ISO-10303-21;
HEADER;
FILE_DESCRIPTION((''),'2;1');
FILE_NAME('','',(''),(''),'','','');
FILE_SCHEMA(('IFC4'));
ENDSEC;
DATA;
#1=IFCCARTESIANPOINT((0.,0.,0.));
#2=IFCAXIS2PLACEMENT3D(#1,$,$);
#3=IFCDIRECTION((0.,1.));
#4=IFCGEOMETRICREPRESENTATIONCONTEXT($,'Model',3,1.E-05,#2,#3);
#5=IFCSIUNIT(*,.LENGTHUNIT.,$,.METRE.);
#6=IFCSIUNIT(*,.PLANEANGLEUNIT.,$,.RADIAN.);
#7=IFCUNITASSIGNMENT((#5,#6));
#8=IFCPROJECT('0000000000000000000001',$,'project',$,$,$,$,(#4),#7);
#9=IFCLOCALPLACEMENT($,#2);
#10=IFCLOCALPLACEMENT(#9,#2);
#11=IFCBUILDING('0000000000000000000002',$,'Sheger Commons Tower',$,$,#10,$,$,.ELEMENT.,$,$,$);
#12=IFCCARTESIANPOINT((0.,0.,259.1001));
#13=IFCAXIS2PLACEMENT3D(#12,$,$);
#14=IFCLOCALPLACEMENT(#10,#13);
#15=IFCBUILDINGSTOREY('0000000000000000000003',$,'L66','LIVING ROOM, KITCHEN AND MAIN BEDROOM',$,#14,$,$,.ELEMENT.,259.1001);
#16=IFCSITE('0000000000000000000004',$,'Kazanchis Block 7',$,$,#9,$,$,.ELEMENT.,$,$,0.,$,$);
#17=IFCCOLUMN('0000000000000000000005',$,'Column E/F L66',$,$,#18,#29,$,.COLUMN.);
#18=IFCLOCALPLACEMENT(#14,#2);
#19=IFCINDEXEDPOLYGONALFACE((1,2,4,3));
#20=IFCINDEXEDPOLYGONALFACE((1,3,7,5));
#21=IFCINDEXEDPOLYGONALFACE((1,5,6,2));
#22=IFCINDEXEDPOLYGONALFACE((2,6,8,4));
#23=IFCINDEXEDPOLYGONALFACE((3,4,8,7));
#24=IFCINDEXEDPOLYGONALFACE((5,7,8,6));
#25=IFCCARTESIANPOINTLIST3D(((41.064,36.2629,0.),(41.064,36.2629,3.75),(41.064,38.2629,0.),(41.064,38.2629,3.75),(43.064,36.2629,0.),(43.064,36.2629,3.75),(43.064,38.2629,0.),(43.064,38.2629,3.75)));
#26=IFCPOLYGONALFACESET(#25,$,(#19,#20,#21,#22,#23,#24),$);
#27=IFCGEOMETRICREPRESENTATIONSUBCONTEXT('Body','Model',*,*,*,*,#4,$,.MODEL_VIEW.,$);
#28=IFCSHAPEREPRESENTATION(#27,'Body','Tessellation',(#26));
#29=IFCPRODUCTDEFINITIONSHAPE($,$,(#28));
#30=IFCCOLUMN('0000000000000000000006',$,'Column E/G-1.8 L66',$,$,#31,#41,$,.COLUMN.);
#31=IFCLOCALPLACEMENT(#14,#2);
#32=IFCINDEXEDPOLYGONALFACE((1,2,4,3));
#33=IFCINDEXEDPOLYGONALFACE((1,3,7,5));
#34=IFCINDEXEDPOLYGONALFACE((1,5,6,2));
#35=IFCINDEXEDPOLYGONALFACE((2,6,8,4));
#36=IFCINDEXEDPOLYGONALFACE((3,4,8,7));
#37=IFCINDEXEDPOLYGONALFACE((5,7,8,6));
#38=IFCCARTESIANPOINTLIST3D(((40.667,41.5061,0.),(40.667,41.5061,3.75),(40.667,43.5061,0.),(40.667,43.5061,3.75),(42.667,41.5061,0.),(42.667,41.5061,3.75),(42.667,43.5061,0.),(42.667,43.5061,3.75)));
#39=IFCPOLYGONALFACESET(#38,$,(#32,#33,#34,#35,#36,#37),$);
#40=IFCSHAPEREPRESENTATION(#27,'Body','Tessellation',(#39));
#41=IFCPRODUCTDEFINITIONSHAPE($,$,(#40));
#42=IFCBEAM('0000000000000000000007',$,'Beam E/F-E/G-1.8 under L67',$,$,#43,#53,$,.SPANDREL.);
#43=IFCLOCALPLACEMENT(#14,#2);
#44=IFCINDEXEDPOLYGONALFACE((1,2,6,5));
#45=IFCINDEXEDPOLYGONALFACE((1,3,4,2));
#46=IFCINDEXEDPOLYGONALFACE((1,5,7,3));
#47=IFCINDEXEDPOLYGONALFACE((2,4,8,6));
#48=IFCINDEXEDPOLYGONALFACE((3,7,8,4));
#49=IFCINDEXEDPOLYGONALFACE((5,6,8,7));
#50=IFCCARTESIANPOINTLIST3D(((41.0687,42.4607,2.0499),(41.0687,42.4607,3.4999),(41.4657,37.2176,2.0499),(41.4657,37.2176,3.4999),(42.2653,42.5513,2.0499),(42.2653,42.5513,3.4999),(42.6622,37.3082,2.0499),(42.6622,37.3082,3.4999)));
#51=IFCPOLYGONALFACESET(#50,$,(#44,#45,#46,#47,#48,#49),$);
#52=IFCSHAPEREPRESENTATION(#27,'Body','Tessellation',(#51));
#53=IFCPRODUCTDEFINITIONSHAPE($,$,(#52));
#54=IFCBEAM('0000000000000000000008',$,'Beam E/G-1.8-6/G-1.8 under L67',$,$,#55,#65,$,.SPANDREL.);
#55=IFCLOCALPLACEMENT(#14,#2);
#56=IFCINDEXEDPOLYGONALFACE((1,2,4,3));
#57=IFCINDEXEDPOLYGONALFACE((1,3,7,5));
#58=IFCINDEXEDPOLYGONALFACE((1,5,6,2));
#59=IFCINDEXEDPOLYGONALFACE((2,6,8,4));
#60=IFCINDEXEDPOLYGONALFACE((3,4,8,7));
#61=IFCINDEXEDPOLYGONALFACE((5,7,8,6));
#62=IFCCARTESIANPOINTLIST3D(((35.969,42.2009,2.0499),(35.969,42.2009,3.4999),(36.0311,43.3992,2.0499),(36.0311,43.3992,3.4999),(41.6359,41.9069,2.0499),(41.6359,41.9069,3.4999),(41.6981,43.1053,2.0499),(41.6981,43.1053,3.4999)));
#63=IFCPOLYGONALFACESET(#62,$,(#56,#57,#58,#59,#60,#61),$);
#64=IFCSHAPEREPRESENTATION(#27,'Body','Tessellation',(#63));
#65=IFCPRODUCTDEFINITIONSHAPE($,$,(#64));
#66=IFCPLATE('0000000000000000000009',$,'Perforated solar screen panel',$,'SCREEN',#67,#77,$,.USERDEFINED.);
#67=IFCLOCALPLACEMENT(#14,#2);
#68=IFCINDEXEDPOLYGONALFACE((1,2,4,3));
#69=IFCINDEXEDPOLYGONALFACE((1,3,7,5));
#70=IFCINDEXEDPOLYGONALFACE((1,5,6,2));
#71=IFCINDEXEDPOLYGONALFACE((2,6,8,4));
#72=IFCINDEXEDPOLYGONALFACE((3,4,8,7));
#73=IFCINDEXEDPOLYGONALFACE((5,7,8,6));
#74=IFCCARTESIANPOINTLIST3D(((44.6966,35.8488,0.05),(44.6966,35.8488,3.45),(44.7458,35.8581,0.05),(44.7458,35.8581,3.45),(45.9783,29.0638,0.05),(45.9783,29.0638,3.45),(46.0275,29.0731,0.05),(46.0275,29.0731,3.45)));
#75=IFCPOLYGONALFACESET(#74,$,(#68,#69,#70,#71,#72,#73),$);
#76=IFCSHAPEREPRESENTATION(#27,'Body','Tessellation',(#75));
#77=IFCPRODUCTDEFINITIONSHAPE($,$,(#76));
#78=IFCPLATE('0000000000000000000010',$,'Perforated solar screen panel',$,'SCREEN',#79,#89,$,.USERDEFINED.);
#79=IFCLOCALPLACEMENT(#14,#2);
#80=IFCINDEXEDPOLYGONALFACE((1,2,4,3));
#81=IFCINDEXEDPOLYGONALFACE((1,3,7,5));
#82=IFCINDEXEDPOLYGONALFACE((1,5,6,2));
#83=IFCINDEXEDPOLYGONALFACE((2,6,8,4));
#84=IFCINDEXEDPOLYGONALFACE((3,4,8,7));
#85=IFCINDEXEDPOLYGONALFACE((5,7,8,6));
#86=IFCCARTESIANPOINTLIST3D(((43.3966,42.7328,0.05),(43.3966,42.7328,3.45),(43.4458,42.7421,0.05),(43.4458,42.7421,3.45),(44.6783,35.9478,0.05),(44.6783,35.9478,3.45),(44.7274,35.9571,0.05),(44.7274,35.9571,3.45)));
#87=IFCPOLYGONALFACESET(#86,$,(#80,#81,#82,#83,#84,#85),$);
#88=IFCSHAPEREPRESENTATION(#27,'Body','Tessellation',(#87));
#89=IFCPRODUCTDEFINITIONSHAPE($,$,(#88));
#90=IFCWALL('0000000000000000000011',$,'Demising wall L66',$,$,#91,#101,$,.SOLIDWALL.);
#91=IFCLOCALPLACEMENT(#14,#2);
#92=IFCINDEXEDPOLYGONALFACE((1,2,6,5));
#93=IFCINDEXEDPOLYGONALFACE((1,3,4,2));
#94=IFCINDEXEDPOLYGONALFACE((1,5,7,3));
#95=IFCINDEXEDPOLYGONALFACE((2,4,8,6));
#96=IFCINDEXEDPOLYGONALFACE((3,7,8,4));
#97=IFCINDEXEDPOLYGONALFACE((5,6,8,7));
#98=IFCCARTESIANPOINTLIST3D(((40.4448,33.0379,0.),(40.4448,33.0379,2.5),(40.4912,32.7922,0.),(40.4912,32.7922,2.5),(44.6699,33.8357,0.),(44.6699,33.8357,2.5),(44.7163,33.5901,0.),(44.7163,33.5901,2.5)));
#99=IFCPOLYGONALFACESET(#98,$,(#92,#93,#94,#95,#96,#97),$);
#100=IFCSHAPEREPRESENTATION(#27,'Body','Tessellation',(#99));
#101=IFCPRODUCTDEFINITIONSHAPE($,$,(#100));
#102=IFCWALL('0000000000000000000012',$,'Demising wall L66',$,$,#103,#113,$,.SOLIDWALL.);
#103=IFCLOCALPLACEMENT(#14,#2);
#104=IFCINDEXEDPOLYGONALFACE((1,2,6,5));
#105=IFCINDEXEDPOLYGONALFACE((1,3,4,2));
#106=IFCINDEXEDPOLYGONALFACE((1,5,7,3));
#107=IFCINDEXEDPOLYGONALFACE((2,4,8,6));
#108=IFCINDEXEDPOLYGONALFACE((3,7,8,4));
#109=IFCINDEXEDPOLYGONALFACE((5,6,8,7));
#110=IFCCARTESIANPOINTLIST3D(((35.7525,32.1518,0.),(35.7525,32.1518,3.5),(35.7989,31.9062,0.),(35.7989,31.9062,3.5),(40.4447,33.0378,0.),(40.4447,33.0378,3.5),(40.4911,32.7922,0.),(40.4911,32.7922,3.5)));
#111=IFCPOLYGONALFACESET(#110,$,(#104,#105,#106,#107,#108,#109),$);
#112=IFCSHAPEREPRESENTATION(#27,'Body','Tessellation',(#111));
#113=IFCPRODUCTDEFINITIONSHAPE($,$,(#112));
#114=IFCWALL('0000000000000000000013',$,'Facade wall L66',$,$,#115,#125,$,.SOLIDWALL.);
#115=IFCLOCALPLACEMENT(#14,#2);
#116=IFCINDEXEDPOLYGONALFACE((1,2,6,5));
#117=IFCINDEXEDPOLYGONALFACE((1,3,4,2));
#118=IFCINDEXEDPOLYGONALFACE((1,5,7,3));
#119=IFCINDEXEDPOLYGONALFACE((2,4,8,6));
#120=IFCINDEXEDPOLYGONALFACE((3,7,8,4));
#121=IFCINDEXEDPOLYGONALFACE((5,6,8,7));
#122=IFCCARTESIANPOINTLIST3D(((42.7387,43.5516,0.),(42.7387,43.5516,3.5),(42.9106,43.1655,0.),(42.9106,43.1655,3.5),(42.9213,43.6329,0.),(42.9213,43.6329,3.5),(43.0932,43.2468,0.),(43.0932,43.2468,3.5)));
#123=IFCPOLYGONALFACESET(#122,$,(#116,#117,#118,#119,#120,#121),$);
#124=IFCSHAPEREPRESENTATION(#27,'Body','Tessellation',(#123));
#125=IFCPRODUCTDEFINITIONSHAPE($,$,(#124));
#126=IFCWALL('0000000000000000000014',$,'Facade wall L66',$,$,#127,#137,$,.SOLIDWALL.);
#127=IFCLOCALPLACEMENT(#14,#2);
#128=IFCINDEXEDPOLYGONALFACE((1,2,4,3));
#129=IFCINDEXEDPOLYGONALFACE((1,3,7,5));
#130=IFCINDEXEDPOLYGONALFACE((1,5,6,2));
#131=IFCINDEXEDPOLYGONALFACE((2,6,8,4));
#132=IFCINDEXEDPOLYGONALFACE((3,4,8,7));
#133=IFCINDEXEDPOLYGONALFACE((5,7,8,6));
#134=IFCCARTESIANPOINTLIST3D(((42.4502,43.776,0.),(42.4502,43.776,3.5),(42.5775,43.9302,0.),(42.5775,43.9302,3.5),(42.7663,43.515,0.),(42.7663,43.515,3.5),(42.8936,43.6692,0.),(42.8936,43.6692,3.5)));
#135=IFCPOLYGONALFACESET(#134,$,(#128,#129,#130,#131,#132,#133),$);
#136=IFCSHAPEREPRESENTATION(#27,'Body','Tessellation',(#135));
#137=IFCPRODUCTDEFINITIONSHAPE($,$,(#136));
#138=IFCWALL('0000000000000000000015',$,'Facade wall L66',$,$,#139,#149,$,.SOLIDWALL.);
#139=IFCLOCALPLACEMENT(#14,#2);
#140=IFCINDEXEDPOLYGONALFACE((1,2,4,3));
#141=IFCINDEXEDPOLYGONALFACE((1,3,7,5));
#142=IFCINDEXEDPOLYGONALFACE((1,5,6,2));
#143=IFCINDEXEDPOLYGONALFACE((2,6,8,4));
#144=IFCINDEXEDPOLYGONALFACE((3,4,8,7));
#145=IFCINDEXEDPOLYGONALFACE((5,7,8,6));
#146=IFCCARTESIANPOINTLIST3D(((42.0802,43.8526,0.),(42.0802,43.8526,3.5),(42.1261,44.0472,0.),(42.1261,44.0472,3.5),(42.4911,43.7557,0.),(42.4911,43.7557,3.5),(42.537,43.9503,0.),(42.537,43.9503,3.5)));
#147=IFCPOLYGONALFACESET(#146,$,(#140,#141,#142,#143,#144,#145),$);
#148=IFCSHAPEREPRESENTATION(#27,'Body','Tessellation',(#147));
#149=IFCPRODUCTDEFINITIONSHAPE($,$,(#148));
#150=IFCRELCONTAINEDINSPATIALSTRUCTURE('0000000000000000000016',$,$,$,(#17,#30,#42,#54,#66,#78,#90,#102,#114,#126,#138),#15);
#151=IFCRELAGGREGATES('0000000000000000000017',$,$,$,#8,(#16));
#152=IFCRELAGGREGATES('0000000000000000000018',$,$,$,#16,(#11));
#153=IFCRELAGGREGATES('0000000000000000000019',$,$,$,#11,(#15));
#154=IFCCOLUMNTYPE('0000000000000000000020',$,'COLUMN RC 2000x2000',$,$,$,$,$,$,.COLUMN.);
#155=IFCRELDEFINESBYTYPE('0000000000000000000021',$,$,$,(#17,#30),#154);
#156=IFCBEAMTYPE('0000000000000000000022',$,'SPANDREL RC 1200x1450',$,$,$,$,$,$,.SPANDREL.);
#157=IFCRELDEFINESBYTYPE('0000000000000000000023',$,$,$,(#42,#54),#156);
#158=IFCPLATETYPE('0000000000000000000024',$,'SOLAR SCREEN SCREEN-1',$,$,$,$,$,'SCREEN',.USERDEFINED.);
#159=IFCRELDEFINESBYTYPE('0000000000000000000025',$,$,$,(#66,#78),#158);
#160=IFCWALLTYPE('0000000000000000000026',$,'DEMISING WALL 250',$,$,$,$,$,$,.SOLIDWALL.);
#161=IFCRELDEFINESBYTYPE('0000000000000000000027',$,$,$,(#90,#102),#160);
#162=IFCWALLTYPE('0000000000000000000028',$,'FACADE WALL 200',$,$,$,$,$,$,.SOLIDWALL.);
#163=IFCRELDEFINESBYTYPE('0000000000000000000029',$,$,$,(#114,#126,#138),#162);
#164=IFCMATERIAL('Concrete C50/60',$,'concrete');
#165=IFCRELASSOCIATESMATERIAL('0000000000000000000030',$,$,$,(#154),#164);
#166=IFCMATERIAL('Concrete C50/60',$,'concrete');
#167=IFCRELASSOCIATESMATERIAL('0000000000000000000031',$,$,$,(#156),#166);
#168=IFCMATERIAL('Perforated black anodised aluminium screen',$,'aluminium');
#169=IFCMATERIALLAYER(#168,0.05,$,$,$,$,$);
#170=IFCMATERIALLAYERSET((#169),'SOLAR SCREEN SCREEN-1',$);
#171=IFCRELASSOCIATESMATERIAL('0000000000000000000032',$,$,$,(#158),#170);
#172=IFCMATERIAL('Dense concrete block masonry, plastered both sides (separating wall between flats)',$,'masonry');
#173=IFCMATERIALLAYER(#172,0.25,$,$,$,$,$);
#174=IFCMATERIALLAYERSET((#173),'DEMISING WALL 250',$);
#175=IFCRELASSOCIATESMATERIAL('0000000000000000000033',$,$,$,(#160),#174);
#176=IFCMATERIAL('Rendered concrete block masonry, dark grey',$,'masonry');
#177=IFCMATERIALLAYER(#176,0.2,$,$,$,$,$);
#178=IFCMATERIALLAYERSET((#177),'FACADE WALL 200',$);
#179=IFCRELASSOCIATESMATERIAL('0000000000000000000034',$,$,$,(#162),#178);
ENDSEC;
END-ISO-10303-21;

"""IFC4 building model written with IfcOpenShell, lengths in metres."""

from ifc_helpers import new_model, si_unit, direction, frame, frame_2d, origin, origin_2d, place, context, subcontext, project, spatial, rectangle, extrude, material, layer, layer_set, material_profile, profile_set, type_object, element, save


model = new_model("IFC4")

# Units and contexts
model_context = context("Model", 3, precision=1e-05, world=origin(), true_north=direction((0.0, 1.0)))
body_context = subcontext(model_context, "Body", "Model", "MODEL_VIEW")
ifc_project = project(units=[si_unit("LENGTHUNIT", "METRE"), si_unit("PLANEANGLEUNIT", "RADIAN")], contexts=[model_context])

# Site, building, storey
site_placement = place(None, origin())
site = spatial("IfcSite", under=ifc_project, at=site_placement, Name="Kazanchis Block 7", CompositionType="ELEMENT", RefElevation=0.0)
building_placement = place(site_placement, origin())
building = spatial("IfcBuilding", under=site, at=building_placement, Name="Sheger Commons Tower", CompositionType="ELEMENT")
storey_placement = place(building_placement, frame((0.0, 0.0, 259.1001)))
storey = spatial("IfcBuildingStorey", under=building, at=storey_placement, Name="L66", Description="LIVING ROOM, KITCHEN AND MAIN BEDROOM", CompositionType="ELEMENT", Elevation=259.1001)

# Columns
ifc_material_1 = material(Name="Concrete C50/60", Category="concrete")
ifc_material_profile_1 = material_profile(ifc_material_1, rectangle(XDim=2.0, YDim=2.0, at=origin_2d()), Name="RC 2000x2000")
ifc_profile_set_1 = profile_set([ifc_material_profile_1], Name="Concrete C50/60")
column_type = type_object("IfcColumnType", Name="COLUMN RC 2000x2000", PredefinedType="COLUMN", material=ifc_profile_set_1)
for number, where, z_axis, x_axis, name in (
    (1, (42.064, 37.2629, 0.0), (0.0, 0.0, 1.0), (1.0, 0.0, 0.0), "Column E/F L66"),
    (2, (41.667, 42.5061, 0.0), (0.0, 0.0, 1.0), (1.0, 0.0, 0.0), "Column E/G-1.8 L66"),
):
    element("IfcColumn", number, at=place(storey_placement, frame(where, z_axis=z_axis, x_axis=x_axis)), inside=storey, type_object=column_type, Name=name, PredefinedType="COLUMN", context=body_context, shape_type="SweptSolid", body=[
        extrude(rectangle(XDim=2.0, YDim=2.0, at=origin_2d()), origin(), (0.0, 0.0, 1.0), 3.75),
    ])

# Beams
ifc_material_2 = material(Name="Concrete C50/60", Category="concrete")
ifc_material_profile_2 = material_profile(ifc_material_2, rectangle(XDim=1.2, YDim=1.45, at=origin_2d()), Name="RC 1200x1450")
ifc_profile_set_2 = profile_set([ifc_material_profile_2], Name="Concrete C50/60")
beam_type = type_object("IfcBeamType", Name="SPANDREL RC 1200x1450", PredefinedType="SPANDREL", material=ifc_profile_set_2)
beam_1_placement = place(storey_placement, frame((42.064, 37.2629, 2.7749), z_axis=(-0.075496, 0.997146, 0.0), x_axis=(-0.997146, -0.075496, 0.0)))
element("IfcBeam", 3, at=beam_1_placement, inside=storey, type_object=beam_type, Name="Beam E/F-E/G-1.8 under L67", PredefinedType="SPANDREL", context=body_context, shape_type="SweptSolid", body=[
    extrude(rectangle(XDim=1.2, YDim=1.45, at=origin_2d()), origin(), (0.0, 0.0, 1.0), 5.2581),
])
beam_2_placement = place(storey_placement, frame((41.667, 42.5061, 2.7749), z_axis=(-0.998657, 0.0518, 0.0), x_axis=(-0.0518, -0.998657, 0.0)))
element("IfcBeam", 4, at=beam_2_placement, inside=storey, type_object=beam_type, Name="Beam E/G-1.8-6/G-1.8 under L67", PredefinedType="SPANDREL", context=body_context, shape_type="SweptSolid", body=[
    extrude(rectangle(XDim=1.2, YDim=1.45, at=origin_2d()), origin(), (0.0, 0.0, 1.0), 5.6746),
])

# Plates
ifc_material_3 = material(Name="Perforated black anodised aluminium screen", Category="aluminium")
ifc_layer_1 = layer(ifc_material_3, 0.05)
ifc_layer_set_1 = layer_set([ifc_layer_1], Name="SOLAR SCREEN SCREEN-1")
plate_type = type_object("IfcPlateType", Name="SOLAR SCREEN SCREEN-1", ElementType="SCREEN", PredefinedType="USERDEFINED", material=ifc_layer_set_1)
for number, where, z_axis, x_axis, name in (
    (5, (45.3621, 32.4609, 0.05), (0.0, 0.0, 1.0), (-0.185615, 0.982623, 0.0), "Perforated solar screen panel"),
    (6, (44.062, 39.345, 0.05), (0.0, 0.0, 1.0), (-0.185615, 0.982623, 0.0), "Perforated solar screen panel"),
):
    element("IfcPlate", number, at=place(storey_placement, frame(where, z_axis=z_axis, x_axis=x_axis)), inside=storey, type_object=plate_type, Name=name, ObjectType="SCREEN", PredefinedType="USERDEFINED", context=body_context, shape_type="SweptSolid", body=[
        extrude(rectangle(XDim=6.905, YDim=0.05, at=origin_2d()), origin(), (0.0, 0.0, 1.0), 3.3999),
    ])

# Walls
ifc_material_4 = material(Name="Dense concrete block masonry, plastered both sides (separating wall between flats)", Category="masonry")
ifc_layer_2 = layer(ifc_material_4, 0.25)
ifc_layer_set_2 = layer_set([ifc_layer_2], Name="DEMISING WALL 250")
wall_type_1 = type_object("IfcWallType", Name="DEMISING WALL 250", PredefinedType="SOLIDWALL", material=ifc_layer_set_2)
wall_1_placement = place(storey_placement, frame((44.6931, 33.7129, 0.0), z_axis=(0.0, 0.0, 1.0), x_axis=(-0.982634, -0.185557, 0.0)))
element("IfcWall", 7, at=wall_1_placement, inside=storey, type_object=wall_type_1, Name="Demising wall L66", PredefinedType="SOLIDWALL", context=body_context, shape_type="SweptSolid", body=[
    extrude(rectangle(XDim=4.2998, YDim=0.25, at=frame_2d((2.1499, 0.0))), origin(), (0.0, 0.0, 1.0), 2.5),
])
wall_2_placement = place(storey_placement, frame((40.468, 32.915, 0.0), z_axis=(0.0, 0.0, 1.0), x_axis=(-0.982636, -0.185545, 0.0)))
element("IfcWall", 8, at=wall_2_placement, inside=storey, type_object=wall_type_1, Name="Demising wall L66", PredefinedType="SOLIDWALL", context=body_context, shape_type="SweptSolid", body=[
    extrude(rectangle(XDim=4.7751, YDim=0.25, at=frame_2d((2.3877, 0.0))), origin(), (0.0, 0.0, 1.0), 3.5),
])
ifc_material_5 = material(Name="Rendered concrete block masonry, dark grey", Category="masonry")
ifc_layer_3 = layer(ifc_material_5, 0.2)
ifc_layer_set_3 = layer_set([ifc_layer_3], Name="FACADE WALL 200")
wall_type_2 = type_object("IfcWallType", Name="FACADE WALL 200", PredefinedType="SOLIDWALL", material=ifc_layer_set_3)
wall_3_placement = place(storey_placement, frame((43.002, 43.2061, 0.0), z_axis=(0.0, 0.0, 1.0), x_axis=(-0.406782, 0.913525, 0.0)))
element("IfcWall", 9, at=wall_3_placement, inside=storey, type_object=wall_type_2, Name="Facade wall L66", PredefinedType="SOLIDWALL", context=body_context, shape_type="SweptSolid", body=[
    extrude(rectangle(XDim=0.4226, YDim=0.2, at=frame_2d((0.2114, 0.0))), origin(), (0.0, 0.0, 1.0), 3.5),
])
wall_4_placement = place(storey_placement, frame((42.8301, 43.592, 0.0), z_axis=(0.0, 0.0, 1.0), x_axis=(-0.771191, 0.636604, 0.0)))
element("IfcWall", 10, at=wall_4_placement, inside=storey, type_object=wall_type_2, Name="Facade wall L66", PredefinedType="SOLIDWALL", context=body_context, shape_type="SweptSolid", body=[
    extrude(rectangle(XDim=0.4099, YDim=0.2, at=frame_2d((0.2051, 0.0))), origin(), (0.0, 0.0, 1.0), 3.5),
])
wall_5_placement = place(storey_placement, frame((42.5139, 43.853, 0.0), z_axis=(0.0, 0.0, 1.0), x_axis=(-0.973288, 0.229587, 0.0)))
element("IfcWall", 11, at=wall_5_placement, inside=storey, type_object=wall_type_2, Name="Facade wall L66", PredefinedType="SOLIDWALL", context=body_context, shape_type="SweptSolid", body=[
    extrude(rectangle(XDim=0.4221, YDim=0.2, at=frame_2d((0.2109, 0.0))), origin(), (0.0, 0.0, 1.0), 3.5),
])

save(model, "model.ifc")
